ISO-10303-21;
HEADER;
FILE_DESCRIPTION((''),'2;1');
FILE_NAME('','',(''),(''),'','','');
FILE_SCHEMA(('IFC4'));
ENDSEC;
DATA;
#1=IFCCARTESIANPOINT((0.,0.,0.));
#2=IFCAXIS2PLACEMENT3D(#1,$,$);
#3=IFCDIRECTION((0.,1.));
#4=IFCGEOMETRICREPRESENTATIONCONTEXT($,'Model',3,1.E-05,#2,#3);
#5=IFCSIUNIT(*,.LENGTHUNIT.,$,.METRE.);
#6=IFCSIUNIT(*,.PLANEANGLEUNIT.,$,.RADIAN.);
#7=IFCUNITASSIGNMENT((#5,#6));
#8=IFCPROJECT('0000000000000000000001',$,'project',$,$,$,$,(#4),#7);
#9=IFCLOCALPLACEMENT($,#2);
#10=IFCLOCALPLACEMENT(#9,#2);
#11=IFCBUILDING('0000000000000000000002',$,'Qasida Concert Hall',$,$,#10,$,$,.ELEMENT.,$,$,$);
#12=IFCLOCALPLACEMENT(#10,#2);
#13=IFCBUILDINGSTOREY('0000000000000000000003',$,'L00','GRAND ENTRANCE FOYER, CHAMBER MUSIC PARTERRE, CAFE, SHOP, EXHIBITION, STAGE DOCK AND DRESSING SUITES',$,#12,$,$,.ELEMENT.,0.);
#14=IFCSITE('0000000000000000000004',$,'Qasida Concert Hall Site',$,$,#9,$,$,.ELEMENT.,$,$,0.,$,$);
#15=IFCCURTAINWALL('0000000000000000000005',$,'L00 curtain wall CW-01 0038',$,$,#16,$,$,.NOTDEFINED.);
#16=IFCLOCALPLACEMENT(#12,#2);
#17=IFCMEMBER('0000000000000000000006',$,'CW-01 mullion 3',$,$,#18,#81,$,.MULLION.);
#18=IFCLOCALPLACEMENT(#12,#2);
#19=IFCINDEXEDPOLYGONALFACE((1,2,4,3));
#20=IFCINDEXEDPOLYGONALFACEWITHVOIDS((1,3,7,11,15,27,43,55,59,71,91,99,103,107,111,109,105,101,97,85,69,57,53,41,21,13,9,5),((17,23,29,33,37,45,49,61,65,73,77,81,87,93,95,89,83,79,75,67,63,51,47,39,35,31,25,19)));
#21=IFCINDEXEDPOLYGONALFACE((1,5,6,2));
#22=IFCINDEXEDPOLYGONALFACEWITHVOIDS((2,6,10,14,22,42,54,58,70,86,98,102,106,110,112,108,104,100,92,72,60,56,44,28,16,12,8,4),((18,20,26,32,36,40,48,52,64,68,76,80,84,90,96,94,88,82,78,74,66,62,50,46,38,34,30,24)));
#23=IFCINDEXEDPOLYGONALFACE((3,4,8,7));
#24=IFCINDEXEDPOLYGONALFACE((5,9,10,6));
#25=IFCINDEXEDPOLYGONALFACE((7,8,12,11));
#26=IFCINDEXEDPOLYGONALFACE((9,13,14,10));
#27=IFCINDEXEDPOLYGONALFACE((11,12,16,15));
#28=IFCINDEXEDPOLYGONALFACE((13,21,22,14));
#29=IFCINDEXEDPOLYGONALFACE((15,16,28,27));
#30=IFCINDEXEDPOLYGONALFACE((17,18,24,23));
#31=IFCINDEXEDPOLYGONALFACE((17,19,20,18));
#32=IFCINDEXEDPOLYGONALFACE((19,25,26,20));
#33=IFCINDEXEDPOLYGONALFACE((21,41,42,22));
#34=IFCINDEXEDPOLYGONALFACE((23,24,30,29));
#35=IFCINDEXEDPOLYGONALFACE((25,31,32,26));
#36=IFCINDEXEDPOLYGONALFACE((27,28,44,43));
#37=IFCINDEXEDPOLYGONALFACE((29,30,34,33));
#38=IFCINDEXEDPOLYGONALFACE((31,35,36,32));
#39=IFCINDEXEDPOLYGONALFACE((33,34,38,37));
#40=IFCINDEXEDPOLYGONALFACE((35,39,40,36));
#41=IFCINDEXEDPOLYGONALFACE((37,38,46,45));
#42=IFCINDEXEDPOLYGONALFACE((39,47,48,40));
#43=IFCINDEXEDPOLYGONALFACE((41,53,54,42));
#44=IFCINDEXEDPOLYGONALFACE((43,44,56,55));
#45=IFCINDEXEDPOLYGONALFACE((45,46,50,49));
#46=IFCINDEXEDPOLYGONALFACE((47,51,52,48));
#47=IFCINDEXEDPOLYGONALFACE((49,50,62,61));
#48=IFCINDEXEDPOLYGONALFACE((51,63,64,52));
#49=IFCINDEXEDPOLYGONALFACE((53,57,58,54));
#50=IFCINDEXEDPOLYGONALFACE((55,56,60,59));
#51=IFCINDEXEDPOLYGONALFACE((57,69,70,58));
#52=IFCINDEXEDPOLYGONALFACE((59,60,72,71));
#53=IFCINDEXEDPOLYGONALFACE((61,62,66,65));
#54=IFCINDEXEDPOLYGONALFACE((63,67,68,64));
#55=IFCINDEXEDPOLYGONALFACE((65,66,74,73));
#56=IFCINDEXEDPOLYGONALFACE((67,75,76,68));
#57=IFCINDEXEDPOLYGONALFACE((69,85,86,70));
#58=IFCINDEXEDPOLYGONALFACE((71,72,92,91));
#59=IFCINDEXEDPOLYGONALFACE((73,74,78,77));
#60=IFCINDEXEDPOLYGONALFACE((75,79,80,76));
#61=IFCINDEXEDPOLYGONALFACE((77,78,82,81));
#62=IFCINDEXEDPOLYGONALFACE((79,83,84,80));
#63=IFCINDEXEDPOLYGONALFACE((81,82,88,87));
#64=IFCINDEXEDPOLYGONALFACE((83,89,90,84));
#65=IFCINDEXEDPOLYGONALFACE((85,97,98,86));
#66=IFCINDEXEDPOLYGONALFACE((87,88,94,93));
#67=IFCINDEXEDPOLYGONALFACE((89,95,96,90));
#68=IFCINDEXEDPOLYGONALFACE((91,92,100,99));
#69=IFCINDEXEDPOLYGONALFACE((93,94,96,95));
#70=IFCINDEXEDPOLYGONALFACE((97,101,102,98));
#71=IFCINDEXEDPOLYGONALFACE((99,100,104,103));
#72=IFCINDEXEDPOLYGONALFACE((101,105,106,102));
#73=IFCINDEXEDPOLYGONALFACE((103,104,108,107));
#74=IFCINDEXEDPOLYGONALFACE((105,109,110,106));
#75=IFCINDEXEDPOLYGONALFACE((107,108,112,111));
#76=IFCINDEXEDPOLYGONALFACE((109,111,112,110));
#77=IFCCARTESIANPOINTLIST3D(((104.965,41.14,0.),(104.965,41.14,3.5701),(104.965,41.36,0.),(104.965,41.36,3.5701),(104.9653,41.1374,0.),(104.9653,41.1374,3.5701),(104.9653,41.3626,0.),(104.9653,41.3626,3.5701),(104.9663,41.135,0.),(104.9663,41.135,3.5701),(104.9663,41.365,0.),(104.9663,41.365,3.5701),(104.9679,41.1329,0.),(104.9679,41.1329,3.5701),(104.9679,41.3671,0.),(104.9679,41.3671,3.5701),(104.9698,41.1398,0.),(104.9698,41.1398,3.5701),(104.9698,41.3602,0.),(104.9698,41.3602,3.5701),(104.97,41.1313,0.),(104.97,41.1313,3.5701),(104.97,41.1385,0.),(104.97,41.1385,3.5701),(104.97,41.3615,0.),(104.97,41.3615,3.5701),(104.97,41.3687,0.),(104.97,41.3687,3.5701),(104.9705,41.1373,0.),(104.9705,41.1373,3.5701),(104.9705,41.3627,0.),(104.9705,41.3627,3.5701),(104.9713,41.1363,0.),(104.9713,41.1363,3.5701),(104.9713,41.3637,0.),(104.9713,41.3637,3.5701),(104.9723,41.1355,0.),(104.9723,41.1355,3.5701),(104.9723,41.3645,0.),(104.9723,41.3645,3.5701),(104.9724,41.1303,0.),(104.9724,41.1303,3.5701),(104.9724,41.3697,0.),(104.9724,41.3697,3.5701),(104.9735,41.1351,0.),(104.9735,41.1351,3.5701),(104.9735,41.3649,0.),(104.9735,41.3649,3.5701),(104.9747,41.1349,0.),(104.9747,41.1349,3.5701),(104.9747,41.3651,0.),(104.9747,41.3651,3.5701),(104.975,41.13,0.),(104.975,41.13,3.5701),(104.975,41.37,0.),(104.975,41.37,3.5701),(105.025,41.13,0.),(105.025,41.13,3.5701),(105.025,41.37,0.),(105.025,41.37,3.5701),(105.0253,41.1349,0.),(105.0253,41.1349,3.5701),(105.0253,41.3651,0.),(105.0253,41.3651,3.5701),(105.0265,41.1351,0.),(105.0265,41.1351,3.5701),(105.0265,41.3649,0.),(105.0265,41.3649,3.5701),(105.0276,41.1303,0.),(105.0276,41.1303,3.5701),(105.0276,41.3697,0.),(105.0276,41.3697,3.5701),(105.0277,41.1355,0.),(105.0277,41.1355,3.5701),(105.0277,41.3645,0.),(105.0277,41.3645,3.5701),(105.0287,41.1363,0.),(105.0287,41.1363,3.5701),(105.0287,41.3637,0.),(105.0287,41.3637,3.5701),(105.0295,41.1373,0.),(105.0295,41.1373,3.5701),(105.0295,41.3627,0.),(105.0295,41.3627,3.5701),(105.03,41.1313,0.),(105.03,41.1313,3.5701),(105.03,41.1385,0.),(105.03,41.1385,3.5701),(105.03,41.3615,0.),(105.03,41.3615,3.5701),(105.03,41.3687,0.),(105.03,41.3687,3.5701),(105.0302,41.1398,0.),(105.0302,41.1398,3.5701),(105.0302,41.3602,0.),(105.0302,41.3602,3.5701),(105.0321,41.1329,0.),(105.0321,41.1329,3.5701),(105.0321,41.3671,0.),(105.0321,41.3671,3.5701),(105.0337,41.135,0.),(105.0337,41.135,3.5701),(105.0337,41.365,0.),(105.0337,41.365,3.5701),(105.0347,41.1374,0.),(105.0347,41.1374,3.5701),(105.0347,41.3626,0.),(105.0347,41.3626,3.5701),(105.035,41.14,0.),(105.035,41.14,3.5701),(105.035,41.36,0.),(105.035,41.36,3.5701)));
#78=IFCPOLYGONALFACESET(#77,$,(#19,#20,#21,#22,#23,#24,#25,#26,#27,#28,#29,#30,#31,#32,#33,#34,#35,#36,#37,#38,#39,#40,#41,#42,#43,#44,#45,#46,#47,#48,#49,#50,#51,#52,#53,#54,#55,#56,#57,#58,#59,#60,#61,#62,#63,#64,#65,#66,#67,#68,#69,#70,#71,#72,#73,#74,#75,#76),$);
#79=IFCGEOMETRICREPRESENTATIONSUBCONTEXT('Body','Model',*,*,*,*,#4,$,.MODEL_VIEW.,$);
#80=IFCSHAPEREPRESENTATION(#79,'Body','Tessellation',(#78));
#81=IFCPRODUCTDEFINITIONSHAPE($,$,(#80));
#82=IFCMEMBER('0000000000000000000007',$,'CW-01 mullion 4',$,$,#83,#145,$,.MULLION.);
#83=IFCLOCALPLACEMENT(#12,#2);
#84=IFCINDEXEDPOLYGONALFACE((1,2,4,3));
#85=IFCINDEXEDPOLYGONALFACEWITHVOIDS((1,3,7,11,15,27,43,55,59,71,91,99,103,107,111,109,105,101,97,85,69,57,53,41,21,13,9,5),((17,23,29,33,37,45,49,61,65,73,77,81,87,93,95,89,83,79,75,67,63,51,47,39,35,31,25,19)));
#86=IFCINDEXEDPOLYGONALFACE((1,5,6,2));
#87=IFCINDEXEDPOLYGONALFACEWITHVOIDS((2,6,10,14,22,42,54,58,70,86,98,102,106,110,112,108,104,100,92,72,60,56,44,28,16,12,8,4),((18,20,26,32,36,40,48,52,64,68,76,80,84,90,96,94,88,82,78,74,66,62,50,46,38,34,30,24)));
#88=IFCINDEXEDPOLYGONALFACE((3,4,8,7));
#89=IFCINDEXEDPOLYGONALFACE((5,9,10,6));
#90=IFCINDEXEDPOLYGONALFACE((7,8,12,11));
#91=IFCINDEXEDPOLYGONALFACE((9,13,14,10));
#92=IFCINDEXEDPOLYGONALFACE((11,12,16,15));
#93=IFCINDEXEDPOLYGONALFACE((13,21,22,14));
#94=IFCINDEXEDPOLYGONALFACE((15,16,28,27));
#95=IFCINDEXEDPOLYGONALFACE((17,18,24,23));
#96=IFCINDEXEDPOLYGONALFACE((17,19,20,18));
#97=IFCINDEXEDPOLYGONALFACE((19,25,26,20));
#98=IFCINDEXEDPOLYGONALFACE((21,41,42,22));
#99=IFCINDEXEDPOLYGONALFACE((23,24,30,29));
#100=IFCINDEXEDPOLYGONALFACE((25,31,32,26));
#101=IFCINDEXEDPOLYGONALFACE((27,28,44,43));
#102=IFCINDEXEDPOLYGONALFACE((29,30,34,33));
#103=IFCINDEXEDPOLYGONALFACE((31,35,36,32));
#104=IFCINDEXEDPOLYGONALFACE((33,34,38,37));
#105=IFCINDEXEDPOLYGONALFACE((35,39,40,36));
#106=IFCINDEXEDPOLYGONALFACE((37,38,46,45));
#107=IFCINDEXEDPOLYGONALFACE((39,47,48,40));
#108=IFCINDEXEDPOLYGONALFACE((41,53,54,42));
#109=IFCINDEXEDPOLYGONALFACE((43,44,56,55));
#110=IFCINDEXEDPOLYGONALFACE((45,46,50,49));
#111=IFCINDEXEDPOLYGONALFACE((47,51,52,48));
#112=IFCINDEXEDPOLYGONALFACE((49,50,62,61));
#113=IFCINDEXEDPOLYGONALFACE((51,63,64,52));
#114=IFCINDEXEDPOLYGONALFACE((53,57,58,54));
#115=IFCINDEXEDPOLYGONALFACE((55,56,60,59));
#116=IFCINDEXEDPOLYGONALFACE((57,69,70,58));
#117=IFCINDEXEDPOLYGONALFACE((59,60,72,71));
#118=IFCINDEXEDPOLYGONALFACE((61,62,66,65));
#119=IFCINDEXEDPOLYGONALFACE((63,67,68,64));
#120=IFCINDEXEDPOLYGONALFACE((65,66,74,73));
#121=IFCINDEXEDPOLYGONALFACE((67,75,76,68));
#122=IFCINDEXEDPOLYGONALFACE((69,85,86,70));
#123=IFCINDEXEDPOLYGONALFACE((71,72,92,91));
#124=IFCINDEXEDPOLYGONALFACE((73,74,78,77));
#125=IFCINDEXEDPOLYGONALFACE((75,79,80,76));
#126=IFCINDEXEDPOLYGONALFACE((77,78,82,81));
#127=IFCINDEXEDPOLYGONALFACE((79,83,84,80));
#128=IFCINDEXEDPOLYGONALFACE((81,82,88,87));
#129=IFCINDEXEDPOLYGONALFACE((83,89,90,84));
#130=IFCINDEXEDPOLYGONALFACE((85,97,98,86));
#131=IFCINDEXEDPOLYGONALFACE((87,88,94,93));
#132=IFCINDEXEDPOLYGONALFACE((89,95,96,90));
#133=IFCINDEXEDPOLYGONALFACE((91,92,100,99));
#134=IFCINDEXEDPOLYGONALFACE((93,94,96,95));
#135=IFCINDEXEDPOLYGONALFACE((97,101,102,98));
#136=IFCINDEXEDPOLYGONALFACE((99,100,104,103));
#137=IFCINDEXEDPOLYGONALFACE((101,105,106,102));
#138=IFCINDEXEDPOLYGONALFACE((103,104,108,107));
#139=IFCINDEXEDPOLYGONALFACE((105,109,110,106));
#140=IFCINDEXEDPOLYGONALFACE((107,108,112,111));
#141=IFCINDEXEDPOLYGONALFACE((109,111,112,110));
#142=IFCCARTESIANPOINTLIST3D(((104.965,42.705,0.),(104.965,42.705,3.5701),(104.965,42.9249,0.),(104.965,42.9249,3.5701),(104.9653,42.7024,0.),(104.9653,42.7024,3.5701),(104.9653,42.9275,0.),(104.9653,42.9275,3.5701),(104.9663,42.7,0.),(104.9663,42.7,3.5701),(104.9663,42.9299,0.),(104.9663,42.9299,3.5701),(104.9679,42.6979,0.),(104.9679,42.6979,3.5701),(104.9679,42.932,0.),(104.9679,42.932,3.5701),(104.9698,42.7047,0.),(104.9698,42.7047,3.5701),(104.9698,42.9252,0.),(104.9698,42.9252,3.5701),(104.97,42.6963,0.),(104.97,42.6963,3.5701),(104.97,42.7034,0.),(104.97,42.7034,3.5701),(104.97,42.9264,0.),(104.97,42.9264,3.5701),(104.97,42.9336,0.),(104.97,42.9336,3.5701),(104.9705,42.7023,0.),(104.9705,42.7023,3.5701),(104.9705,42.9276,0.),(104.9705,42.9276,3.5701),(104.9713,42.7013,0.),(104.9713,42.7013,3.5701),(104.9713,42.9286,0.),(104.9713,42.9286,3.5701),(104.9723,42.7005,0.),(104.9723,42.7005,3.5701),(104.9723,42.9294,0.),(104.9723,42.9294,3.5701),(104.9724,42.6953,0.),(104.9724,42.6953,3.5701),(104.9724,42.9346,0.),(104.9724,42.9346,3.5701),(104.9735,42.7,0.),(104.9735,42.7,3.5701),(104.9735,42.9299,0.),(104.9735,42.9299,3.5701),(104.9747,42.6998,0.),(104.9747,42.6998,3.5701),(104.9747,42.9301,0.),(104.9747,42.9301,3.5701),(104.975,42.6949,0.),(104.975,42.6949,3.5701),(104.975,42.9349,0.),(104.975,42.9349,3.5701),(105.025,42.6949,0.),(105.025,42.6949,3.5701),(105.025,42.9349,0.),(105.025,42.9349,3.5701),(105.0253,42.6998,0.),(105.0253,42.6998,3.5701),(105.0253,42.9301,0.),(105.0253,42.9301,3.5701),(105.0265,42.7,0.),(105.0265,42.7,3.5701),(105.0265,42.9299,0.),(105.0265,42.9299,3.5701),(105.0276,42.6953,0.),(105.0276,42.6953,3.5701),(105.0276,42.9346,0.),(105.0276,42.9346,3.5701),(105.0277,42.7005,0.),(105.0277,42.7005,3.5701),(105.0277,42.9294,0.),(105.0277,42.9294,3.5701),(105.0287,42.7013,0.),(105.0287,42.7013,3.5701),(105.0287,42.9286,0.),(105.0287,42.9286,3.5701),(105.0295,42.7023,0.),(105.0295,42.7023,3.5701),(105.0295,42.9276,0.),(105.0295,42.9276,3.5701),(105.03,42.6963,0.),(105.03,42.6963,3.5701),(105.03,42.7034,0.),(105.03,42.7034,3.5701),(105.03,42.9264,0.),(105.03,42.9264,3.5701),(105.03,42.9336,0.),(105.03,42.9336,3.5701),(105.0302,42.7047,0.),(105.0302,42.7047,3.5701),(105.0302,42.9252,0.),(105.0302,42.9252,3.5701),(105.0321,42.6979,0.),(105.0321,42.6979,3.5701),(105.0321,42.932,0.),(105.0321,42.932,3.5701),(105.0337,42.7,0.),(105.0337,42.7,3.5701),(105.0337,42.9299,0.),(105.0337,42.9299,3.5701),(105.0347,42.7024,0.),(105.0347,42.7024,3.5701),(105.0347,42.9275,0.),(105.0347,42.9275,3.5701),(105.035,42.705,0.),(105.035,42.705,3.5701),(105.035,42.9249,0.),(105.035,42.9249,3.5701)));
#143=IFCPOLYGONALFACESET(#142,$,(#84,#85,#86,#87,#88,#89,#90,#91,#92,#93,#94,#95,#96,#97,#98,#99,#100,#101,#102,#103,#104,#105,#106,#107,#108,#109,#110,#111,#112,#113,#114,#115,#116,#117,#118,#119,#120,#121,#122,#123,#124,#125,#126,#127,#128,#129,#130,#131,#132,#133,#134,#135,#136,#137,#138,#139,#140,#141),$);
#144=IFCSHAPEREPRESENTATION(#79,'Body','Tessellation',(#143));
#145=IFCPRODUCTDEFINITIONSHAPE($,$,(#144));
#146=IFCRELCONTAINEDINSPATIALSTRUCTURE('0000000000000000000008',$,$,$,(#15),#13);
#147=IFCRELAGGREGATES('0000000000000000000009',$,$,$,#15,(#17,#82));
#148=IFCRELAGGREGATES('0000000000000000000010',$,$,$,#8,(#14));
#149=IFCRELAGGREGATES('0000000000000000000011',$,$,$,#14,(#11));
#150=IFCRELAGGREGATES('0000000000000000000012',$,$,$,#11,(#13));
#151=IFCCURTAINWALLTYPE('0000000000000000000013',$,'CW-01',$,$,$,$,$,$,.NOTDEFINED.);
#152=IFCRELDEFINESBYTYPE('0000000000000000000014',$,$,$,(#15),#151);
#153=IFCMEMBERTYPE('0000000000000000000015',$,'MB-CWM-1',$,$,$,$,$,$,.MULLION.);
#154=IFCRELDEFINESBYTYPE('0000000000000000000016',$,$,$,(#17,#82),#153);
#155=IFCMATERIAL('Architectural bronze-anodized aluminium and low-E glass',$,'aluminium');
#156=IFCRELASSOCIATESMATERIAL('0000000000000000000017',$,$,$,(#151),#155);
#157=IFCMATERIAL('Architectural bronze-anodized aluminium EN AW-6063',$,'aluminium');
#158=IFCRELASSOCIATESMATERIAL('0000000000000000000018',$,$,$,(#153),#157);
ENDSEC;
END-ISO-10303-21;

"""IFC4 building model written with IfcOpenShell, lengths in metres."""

from ifc_helpers import new_model, si_unit, direction, frame, origin, origin_2d, place, context, subcontext, project, spatial, hollow_rectangle, extrude, material, material_profile, profile_set, type_object, element, aggregate, save


model = new_model("IFC4")

# Units and contexts
model_context = context("Model", 3, precision=1e-05, world=origin(), true_north=direction((0.0, 1.0)))
body_context = subcontext(model_context, "Body", "Model", "MODEL_VIEW")
ifc_project = project(units=[si_unit("LENGTHUNIT", "METRE"), si_unit("PLANEANGLEUNIT", "RADIAN")], contexts=[model_context])

# Site, building, storey
site_placement = place(None, origin())
site = spatial("IfcSite", under=ifc_project, at=site_placement, Name="Qasida Concert Hall Site", CompositionType="ELEMENT", RefElevation=0.0)
building_placement = place(site_placement, origin())
building = spatial("IfcBuilding", under=site, at=building_placement, Name="Qasida Concert Hall", CompositionType="ELEMENT")
storey_placement = place(building_placement, origin())
storey = spatial("IfcBuildingStorey", under=building, at=storey_placement, Name="L00", Description="GRAND ENTRANCE FOYER, CHAMBER MUSIC PARTERRE, CAFE, SHOP, EXHIBITION, STAGE DOCK AND DRESSING SUITES", CompositionType="ELEMENT", Elevation=0.0)

# Curtain wall, members
ifc_material_1 = material(Name="Architectural bronze-anodized aluminium and low-E glass", Category="aluminium")
curtain_wall_type = type_object("IfcCurtainWallType", Name="CW-01", PredefinedType="NOTDEFINED", material=ifc_material_1)
curtain_wall_placement = place(storey_placement, origin())
curtain_wall = element("IfcCurtainWall", 1, at=curtain_wall_placement, inside=storey, type_object=curtain_wall_type, Name="L00 curtain wall CW-01 0038", PredefinedType="NOTDEFINED")
ifc_material_2 = material(Name="Architectural bronze-anodized aluminium EN AW-6063", Category="aluminium")
ifc_material_profile_1 = material_profile(ifc_material_2, hollow_rectangle(XDim=0.0701, YDim=0.24, WallThickness=0.0049, InnerFilletRadius=0.0049, OuterFilletRadius=0.01, at=origin_2d()), Name="CWM 240x70x5")
ifc_profile_set_1 = profile_set([ifc_material_profile_1], Name="Architectural bronze-anodized aluminium EN AW-6063")
member_type_1 = type_object("IfcMemberType", Name="MB-CWM-1", PredefinedType="MULLION", material=ifc_profile_set_1)
member_1_placement = place(storey_placement, frame((105.0, 41.25, 0.0), z_axis=(0.0, 0.0, 1.0), x_axis=(-1.0, 0.0, 0.0)))
member_1 = element("IfcMember", 2, at=member_1_placement, type_object=member_type_1, Name="CW-01 mullion 3", PredefinedType="MULLION", context=body_context, shape_type="SweptSolid", body=[
    extrude(hollow_rectangle(XDim=0.0701, YDim=0.24, WallThickness=0.0049, InnerFilletRadius=0.0049, OuterFilletRadius=0.01, at=origin_2d()), origin(), (0.0, 0.0, 1.0), 3.5701),
])
member_2_placement = place(storey_placement, frame((105.0, 42.8149, 0.0), z_axis=(0.0, 0.0, 1.0), x_axis=(-1.0, 0.0, 0.0)))
member_2 = element("IfcMember", 3, at=member_2_placement, type_object=member_type_1, Name="CW-01 mullion 4", PredefinedType="MULLION", context=body_context, shape_type="SweptSolid", body=[
    extrude(hollow_rectangle(XDim=0.0701, YDim=0.24, WallThickness=0.0049, InnerFilletRadius=0.0049, OuterFilletRadius=0.01, at=origin_2d()), origin(), (0.0, 0.0, 1.0), 3.5701),
])
aggregate(curtain_wall, [member_1, member_2])

save(model, "model.ifc")
